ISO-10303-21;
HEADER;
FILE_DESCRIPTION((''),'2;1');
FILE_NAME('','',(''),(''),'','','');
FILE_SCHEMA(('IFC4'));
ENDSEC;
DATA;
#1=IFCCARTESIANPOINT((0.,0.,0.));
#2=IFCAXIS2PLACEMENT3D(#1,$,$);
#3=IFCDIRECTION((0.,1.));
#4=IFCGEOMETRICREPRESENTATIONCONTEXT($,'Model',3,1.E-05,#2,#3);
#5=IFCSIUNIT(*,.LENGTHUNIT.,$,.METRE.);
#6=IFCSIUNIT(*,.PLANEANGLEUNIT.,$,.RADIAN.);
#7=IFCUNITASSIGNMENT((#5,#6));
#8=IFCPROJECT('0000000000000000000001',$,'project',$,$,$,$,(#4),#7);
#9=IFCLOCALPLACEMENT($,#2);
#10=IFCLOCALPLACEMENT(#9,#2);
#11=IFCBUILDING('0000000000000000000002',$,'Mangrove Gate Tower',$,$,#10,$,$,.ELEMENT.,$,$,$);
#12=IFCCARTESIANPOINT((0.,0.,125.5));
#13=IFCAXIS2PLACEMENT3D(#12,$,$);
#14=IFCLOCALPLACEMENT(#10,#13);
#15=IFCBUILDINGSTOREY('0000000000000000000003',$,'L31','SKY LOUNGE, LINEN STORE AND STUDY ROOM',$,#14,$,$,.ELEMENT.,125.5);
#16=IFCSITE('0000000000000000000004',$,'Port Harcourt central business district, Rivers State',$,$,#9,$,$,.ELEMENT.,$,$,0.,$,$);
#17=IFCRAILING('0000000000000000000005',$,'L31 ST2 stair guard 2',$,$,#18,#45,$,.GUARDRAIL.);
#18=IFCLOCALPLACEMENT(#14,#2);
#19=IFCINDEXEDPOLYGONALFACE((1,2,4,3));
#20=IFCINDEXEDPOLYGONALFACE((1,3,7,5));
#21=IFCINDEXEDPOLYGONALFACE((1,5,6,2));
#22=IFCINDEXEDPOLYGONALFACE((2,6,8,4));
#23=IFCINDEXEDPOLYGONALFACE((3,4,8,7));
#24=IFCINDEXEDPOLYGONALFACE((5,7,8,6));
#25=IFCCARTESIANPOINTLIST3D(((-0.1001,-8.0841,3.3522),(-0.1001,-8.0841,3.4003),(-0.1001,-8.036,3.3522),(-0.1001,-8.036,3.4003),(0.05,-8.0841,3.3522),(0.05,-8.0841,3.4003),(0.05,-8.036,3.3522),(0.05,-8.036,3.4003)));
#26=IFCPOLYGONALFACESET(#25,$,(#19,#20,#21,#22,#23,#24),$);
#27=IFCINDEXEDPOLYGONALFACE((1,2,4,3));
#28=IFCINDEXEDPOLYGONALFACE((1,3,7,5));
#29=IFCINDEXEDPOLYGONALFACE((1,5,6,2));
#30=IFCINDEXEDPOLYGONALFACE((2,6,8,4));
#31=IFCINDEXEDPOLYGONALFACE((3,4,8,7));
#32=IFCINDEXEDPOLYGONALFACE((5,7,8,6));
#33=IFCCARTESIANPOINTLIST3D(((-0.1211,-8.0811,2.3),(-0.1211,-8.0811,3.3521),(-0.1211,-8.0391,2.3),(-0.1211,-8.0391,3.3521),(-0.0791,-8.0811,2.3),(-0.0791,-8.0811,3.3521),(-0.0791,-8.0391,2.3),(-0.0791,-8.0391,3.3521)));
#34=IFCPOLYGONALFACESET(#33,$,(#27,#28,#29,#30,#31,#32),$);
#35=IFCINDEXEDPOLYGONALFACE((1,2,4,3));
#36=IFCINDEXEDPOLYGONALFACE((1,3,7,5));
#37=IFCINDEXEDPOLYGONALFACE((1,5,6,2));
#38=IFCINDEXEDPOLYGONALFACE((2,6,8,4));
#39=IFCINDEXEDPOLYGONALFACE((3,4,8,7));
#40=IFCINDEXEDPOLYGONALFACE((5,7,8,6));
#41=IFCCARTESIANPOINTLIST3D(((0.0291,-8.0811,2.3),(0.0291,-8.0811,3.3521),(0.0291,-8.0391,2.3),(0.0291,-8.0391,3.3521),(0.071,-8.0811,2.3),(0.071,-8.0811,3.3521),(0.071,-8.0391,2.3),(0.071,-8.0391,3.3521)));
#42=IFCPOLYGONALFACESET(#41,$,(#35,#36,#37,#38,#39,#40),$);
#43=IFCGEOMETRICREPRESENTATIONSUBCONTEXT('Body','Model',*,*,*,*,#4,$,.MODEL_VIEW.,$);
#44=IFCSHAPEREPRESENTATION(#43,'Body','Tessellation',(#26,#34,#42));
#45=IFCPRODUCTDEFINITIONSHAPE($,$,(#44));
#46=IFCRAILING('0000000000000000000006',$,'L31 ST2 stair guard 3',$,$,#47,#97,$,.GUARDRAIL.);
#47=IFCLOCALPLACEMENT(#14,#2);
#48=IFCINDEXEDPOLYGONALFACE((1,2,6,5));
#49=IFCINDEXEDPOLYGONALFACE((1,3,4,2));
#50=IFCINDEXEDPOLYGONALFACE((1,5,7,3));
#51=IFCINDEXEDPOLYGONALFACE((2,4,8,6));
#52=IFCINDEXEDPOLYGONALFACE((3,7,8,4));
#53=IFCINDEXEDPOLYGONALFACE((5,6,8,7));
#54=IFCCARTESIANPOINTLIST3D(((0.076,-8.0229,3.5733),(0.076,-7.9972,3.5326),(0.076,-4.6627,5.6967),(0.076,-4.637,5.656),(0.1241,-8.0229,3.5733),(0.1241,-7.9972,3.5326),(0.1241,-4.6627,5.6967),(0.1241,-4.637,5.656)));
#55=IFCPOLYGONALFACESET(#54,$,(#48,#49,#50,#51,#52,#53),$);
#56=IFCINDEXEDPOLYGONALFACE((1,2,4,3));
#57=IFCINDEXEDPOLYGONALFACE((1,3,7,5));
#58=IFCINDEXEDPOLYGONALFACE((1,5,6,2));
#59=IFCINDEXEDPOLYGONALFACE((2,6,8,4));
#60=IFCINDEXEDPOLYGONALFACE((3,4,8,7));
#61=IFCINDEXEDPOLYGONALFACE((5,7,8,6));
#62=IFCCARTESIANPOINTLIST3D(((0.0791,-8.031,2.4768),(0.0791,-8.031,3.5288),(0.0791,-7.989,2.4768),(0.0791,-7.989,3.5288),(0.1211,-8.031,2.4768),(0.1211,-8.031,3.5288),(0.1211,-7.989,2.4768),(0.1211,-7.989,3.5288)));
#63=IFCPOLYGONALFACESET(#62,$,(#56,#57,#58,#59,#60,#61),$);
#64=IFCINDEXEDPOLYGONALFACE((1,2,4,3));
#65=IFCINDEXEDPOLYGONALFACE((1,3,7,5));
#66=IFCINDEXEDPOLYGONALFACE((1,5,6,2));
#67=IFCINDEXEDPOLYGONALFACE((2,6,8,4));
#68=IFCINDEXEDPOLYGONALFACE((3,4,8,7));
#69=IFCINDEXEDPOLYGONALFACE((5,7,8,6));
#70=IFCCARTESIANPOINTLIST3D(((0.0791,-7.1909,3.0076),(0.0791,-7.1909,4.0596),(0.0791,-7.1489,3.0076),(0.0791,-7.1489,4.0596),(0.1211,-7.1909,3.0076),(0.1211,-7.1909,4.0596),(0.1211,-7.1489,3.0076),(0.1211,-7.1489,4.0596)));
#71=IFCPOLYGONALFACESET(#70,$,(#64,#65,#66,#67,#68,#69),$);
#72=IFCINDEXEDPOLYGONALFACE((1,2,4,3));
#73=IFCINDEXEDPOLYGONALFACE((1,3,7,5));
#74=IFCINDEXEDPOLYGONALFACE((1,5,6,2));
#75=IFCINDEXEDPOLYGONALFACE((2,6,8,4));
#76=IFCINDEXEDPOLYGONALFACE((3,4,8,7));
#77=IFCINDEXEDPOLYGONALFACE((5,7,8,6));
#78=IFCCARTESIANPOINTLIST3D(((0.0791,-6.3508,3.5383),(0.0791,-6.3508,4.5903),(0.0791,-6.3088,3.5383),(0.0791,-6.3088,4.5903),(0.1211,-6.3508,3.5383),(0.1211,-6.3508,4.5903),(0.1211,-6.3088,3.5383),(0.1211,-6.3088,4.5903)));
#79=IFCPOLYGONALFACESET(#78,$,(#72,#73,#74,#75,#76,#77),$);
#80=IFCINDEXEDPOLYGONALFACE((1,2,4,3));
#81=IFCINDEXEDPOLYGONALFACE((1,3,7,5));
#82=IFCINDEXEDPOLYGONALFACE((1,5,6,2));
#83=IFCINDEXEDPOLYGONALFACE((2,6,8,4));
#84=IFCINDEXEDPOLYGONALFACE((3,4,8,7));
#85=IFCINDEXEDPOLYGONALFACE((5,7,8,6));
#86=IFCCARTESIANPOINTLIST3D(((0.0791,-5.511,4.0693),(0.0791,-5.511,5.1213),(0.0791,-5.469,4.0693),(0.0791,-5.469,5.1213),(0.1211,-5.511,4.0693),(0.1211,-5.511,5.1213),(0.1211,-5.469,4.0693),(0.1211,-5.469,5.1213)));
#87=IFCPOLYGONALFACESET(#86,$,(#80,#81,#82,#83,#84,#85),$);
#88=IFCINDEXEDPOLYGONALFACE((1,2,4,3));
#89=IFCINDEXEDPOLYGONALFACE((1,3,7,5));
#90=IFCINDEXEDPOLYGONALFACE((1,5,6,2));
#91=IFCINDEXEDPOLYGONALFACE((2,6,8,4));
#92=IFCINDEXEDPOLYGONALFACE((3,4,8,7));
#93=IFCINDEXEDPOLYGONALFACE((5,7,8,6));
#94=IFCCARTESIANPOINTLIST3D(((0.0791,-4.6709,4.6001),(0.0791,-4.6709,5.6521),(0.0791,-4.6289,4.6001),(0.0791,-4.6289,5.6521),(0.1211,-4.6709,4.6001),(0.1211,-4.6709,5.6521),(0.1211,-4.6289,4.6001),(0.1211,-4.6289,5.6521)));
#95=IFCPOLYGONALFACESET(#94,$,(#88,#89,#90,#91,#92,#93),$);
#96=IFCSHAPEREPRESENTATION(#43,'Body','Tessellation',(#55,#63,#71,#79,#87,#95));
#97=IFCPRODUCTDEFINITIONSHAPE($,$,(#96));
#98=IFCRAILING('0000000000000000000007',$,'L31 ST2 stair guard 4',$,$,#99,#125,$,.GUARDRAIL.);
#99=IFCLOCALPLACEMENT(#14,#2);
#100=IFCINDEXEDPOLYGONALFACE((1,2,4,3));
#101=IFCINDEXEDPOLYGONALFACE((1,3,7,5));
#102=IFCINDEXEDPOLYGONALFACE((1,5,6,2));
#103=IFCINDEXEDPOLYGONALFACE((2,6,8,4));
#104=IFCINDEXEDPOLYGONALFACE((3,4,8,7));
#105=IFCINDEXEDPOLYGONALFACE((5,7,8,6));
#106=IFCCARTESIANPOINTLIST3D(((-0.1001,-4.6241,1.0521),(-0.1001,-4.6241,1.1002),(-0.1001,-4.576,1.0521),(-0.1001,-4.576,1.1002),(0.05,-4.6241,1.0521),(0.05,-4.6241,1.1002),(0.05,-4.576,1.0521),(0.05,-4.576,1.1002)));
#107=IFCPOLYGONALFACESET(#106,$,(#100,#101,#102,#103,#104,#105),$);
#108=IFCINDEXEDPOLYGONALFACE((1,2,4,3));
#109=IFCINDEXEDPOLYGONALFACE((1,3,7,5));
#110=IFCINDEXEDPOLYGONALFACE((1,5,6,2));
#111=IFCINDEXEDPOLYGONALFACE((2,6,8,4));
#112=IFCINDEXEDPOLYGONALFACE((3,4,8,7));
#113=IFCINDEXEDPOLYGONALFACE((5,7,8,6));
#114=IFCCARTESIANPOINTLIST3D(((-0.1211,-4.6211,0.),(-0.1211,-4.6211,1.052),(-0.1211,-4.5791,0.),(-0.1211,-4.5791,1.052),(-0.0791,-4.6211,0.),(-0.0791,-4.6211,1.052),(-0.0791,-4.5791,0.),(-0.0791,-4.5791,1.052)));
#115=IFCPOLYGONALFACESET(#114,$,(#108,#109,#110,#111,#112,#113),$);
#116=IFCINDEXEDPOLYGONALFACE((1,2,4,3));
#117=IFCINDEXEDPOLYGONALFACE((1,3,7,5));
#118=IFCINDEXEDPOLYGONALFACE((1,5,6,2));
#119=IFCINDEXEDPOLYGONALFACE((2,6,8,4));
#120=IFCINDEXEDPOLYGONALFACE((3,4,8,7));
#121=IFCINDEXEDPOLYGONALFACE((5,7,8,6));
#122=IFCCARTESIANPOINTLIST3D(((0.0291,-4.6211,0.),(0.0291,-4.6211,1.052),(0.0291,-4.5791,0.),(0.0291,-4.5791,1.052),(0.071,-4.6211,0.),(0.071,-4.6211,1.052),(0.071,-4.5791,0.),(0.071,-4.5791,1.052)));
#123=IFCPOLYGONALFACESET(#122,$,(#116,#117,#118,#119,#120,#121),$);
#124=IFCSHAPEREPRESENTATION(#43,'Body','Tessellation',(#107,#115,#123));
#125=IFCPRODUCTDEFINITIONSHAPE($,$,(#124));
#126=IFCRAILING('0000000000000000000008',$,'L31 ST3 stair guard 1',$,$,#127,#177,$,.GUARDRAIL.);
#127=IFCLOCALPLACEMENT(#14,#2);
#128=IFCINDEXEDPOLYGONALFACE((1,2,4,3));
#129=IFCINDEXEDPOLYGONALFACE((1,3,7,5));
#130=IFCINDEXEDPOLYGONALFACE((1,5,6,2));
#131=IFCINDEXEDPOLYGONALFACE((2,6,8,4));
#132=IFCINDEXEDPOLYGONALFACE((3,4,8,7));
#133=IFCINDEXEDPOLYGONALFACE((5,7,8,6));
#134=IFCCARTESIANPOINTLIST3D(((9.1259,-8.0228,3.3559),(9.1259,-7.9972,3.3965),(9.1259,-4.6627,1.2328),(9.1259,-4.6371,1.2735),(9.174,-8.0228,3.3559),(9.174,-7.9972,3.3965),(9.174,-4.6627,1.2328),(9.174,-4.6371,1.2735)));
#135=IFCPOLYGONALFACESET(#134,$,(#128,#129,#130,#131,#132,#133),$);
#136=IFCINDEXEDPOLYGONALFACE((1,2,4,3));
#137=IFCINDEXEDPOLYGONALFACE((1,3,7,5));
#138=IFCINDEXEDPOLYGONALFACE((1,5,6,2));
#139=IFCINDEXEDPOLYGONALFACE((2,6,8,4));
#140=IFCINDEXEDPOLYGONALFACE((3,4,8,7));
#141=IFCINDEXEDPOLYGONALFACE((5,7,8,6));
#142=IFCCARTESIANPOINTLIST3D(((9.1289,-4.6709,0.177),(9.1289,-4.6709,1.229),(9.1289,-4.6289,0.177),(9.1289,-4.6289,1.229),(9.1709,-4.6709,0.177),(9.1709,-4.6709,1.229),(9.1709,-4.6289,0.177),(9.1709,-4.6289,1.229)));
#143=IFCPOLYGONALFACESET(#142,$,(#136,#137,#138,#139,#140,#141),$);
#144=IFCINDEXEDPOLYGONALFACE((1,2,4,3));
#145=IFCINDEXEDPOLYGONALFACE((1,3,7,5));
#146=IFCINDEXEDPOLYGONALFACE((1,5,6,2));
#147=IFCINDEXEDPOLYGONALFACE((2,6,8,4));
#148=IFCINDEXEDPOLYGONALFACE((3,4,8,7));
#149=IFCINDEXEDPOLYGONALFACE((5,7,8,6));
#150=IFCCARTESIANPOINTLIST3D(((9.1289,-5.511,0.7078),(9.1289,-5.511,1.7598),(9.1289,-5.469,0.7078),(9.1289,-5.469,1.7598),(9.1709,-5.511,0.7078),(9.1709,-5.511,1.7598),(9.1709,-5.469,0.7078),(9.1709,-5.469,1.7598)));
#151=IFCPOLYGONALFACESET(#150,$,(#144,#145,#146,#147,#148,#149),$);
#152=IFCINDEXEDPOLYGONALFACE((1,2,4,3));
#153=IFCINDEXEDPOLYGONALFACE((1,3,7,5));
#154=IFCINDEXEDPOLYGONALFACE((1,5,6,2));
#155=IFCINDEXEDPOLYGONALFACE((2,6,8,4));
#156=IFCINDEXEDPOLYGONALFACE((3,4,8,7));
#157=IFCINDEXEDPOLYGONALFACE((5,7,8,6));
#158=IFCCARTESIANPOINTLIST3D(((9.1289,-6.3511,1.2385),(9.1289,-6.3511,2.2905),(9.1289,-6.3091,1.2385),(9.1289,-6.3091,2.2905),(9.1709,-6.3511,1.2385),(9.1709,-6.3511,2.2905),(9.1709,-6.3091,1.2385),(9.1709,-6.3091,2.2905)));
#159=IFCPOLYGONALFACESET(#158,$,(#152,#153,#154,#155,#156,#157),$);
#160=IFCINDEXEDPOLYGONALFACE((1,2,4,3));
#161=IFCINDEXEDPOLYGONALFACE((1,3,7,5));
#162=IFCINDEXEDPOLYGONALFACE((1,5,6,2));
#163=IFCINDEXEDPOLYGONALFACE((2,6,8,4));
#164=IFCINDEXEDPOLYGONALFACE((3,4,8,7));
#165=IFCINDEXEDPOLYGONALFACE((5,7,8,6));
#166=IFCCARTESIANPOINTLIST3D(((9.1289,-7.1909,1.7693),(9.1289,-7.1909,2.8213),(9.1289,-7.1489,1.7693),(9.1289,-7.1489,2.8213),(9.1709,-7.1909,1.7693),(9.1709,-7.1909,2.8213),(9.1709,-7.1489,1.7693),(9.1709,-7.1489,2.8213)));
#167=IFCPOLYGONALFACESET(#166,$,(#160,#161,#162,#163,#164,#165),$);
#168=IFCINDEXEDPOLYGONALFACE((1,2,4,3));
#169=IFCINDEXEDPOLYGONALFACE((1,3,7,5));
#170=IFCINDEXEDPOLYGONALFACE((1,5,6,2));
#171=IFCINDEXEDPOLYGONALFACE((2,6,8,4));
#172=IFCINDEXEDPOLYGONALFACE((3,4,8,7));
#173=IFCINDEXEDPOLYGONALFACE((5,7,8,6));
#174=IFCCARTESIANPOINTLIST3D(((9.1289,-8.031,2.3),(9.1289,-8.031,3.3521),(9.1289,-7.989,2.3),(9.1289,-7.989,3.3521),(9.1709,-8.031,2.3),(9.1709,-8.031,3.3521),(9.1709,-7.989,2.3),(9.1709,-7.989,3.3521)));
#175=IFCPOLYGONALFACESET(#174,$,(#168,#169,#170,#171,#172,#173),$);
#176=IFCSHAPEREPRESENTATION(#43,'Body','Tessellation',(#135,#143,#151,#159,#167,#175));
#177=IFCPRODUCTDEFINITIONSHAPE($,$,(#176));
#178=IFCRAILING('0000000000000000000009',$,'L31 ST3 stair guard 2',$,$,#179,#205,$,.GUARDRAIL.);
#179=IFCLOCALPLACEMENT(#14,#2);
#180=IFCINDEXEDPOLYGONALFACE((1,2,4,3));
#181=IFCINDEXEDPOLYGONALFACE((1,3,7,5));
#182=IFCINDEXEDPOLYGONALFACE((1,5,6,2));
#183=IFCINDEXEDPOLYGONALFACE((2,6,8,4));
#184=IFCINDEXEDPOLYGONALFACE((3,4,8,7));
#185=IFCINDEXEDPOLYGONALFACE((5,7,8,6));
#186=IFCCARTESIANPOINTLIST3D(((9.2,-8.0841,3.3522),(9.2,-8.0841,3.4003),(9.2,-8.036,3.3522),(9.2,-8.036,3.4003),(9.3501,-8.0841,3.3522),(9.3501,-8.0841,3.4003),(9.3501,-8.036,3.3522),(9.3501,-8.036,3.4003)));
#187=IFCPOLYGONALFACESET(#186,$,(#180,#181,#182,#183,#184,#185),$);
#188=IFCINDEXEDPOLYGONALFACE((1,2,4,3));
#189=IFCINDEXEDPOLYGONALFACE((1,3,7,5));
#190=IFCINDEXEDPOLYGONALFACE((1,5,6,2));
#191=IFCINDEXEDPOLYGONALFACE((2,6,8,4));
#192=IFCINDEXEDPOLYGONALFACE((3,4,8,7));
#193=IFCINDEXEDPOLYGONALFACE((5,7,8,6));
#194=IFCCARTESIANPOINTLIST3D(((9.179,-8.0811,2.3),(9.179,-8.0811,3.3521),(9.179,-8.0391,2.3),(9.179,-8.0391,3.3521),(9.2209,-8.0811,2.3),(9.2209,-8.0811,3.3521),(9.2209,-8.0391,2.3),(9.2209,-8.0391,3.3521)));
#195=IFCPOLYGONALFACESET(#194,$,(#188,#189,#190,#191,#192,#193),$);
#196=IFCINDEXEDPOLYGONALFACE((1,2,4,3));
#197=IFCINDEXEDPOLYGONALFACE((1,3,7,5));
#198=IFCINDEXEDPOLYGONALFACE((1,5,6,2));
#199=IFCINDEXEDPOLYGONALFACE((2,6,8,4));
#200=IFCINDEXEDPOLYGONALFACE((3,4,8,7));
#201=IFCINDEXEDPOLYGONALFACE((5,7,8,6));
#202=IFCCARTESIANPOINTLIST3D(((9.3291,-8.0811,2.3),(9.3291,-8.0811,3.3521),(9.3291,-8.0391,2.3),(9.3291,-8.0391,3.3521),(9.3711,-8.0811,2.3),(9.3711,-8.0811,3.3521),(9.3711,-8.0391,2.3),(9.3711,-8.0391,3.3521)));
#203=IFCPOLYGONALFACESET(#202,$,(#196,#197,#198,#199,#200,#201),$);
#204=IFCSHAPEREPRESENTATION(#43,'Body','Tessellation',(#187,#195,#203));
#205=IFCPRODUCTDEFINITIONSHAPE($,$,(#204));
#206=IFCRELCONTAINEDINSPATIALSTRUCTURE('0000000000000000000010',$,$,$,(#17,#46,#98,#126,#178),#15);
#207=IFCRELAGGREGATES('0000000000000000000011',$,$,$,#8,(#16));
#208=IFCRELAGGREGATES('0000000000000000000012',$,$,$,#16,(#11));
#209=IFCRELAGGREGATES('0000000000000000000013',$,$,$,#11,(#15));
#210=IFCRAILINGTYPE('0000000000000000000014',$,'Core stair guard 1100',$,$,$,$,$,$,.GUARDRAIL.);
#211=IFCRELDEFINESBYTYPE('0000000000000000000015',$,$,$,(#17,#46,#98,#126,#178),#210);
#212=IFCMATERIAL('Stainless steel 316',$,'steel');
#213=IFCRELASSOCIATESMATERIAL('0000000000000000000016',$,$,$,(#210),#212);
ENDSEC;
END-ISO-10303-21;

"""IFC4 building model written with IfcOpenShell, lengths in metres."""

from ifc_helpers import new_model, si_unit, direction, frame, origin, origin_2d, place, context, subcontext, project, spatial, rectangle, extrude, material, type_object, element, save


model = new_model("IFC4")

# Units and contexts
model_context = context("Model", 3, precision=1e-05, world=origin(), true_north=direction((0.0, 1.0)))
body_context = subcontext(model_context, "Body", "Model", "MODEL_VIEW")
ifc_project = project(units=[si_unit("LENGTHUNIT", "METRE"), si_unit("PLANEANGLEUNIT", "RADIAN")], contexts=[model_context])

# Site, building, storey
site_placement = place(None, origin())
site = spatial("IfcSite", under=ifc_project, at=site_placement, Name="Port Harcourt central business district, Rivers State", CompositionType="ELEMENT", RefElevation=0.0)
building_placement = place(site_placement, origin())
building = spatial("IfcBuilding", under=site, at=building_placement, Name="Mangrove Gate Tower", CompositionType="ELEMENT")
storey_placement = place(building_placement, frame((0.0, 0.0, 125.5)))
storey = spatial("IfcBuildingStorey", under=building, at=storey_placement, Name="L31", Description="SKY LOUNGE, LINEN STORE AND STUDY ROOM", CompositionType="ELEMENT", Elevation=125.5)

# Railings
ifc_material_1 = material(Name="Stainless steel 316", Category="steel")
railing_type_1 = type_object("IfcRailingType", Name="Core stair guard 1100", PredefinedType="GUARDRAIL", material=ifc_material_1)
railing_1_placement = place(storey_placement, frame((-0.1001, -8.0601, 2.3)))
element("IfcRailing", 1, at=railing_1_placement, inside=storey, type_object=railing_type_1, Name="L31 ST2 stair guard 2", PredefinedType="GUARDRAIL", context=body_context, shape_type="SweptSolid", body=[
    extrude(rectangle(XDim=0.0481, YDim=0.0481, at=origin_2d()), frame((0.0, 0.0, 1.0762), z_axis=(1.0, 0.0, 0.0), x_axis=(0.0, 1.0, 0.0)), (0.0, 0.0, 1.0), 0.1501),
    extrude(rectangle(XDim=0.042, YDim=0.042, at=origin_2d()), origin(), (0.0, 0.0, 1.0), 1.052),
    extrude(rectangle(XDim=0.042, YDim=0.042, at=origin_2d()), frame((0.1501, 0.0, 0.0)), (0.0, 0.0, 1.0), 1.052),
])
railing_2_placement = place(storey_placement, frame((0.1001, -8.01, 2.4768)))
element("IfcRailing", 2, at=railing_2_placement, inside=storey, type_object=railing_type_1, Name="L31 ST2 stair guard 3", PredefinedType="GUARDRAIL", context=body_context, shape_type="SweptSolid", body=[
    extrude(rectangle(XDim=0.0481, YDim=0.0481, at=origin_2d()), frame((0.0, 0.0, 1.0762), z_axis=(0.0, 0.845362, 0.534194), x_axis=(-1.0, 0.0, 0.0)), (0.0, 0.0, 1.0), 3.9749),
    extrude(rectangle(XDim=0.042, YDim=0.042, at=origin_2d()), origin(), (0.0, 0.0, 1.0), 1.052),
    extrude(rectangle(XDim=0.042, YDim=0.042, at=origin_2d()), frame((0.0, 0.8401, 0.5308)), (0.0, 0.0, 1.0), 1.052),
    extrude(rectangle(XDim=0.042, YDim=0.042, at=origin_2d()), frame((0.0, 1.6802, 1.0615)), (0.0, 0.0, 1.0), 1.052),
    extrude(rectangle(XDim=0.042, YDim=0.042, at=origin_2d()), frame((0.0, 2.52, 1.5925)), (0.0, 0.0, 1.0), 1.052),
    extrude(rectangle(XDim=0.042, YDim=0.042, at=origin_2d()), frame((0.0, 3.3601, 2.1233)), (0.0, 0.0, 1.0), 1.052),
])
railing_3_placement = place(storey_placement, frame((-0.1001, -4.6001, 0.0)))
element("IfcRailing", 3, at=railing_3_placement, inside=storey, type_object=railing_type_1, Name="L31 ST2 stair guard 4", PredefinedType="GUARDRAIL", context=body_context, shape_type="SweptSolid", body=[
    extrude(rectangle(XDim=0.0481, YDim=0.0481, at=origin_2d()), frame((0.0, 0.0, 1.0762), z_axis=(1.0, 0.0, 0.0), x_axis=(0.0, 1.0, 0.0)), (0.0, 0.0, 1.0), 0.1501),
    extrude(rectangle(XDim=0.042, YDim=0.042, at=origin_2d()), origin(), (0.0, 0.0, 1.0), 1.052),
    extrude(rectangle(XDim=0.042, YDim=0.042, at=origin_2d()), frame((0.1501, 0.0, 0.0)), (0.0, 0.0, 1.0), 1.052),
])
railing_4_placement = place(storey_placement, frame((9.1499, -4.6499, 0.177)))
element("IfcRailing", 4, at=railing_4_placement, inside=storey, type_object=railing_type_1, Name="L31 ST3 stair guard 1", PredefinedType="GUARDRAIL", context=body_context, shape_type="SweptSolid", body=[
    extrude(rectangle(XDim=0.0481, YDim=0.0481, at=origin_2d()), frame((0.0, 0.0, 1.0762), z_axis=(0.0, -0.84539, 0.53415), x_axis=(1.0, 0.0, 0.0)), (0.0, 0.0, 1.0), 3.9746),
    extrude(rectangle(XDim=0.042, YDim=0.042, at=origin_2d()), origin(), (0.0, 0.0, 1.0), 1.052),
    extrude(rectangle(XDim=0.042, YDim=0.042, at=origin_2d()), frame((0.0, -0.8401, 0.5308)), (0.0, 0.0, 1.0), 1.052),
    extrude(rectangle(XDim=0.042, YDim=0.042, at=origin_2d()), frame((0.0, -1.6802, 1.0615)), (0.0, 0.0, 1.0), 1.052),
    extrude(rectangle(XDim=0.042, YDim=0.042, at=origin_2d()), frame((0.0, -2.52, 1.5923)), (0.0, 0.0, 1.0), 1.052),
    extrude(rectangle(XDim=0.042, YDim=0.042, at=origin_2d()), frame((0.0, -3.3601, 2.123)), (0.0, 0.0, 1.0), 1.052),
])
railing_5_placement = place(storey_placement, frame((9.2, -8.0601, 2.3)))
element("IfcRailing", 5, at=railing_5_placement, inside=storey, type_object=railing_type_1, Name="L31 ST3 stair guard 2", PredefinedType="GUARDRAIL", context=body_context, shape_type="SweptSolid", body=[
    extrude(rectangle(XDim=0.0481, YDim=0.0481, at=origin_2d()), frame((0.0, 0.0, 1.0762), z_axis=(1.0, 0.0, 0.0), x_axis=(0.0, 1.0, 0.0)), (0.0, 0.0, 1.0), 0.1501),
    extrude(rectangle(XDim=0.042, YDim=0.042, at=origin_2d()), origin(), (0.0, 0.0, 1.0), 1.052),
    extrude(rectangle(XDim=0.042, YDim=0.042, at=origin_2d()), frame((0.1501, 0.0, 0.0)), (0.0, 0.0, 1.0), 1.052),
])

save(model, "model.ifc")
